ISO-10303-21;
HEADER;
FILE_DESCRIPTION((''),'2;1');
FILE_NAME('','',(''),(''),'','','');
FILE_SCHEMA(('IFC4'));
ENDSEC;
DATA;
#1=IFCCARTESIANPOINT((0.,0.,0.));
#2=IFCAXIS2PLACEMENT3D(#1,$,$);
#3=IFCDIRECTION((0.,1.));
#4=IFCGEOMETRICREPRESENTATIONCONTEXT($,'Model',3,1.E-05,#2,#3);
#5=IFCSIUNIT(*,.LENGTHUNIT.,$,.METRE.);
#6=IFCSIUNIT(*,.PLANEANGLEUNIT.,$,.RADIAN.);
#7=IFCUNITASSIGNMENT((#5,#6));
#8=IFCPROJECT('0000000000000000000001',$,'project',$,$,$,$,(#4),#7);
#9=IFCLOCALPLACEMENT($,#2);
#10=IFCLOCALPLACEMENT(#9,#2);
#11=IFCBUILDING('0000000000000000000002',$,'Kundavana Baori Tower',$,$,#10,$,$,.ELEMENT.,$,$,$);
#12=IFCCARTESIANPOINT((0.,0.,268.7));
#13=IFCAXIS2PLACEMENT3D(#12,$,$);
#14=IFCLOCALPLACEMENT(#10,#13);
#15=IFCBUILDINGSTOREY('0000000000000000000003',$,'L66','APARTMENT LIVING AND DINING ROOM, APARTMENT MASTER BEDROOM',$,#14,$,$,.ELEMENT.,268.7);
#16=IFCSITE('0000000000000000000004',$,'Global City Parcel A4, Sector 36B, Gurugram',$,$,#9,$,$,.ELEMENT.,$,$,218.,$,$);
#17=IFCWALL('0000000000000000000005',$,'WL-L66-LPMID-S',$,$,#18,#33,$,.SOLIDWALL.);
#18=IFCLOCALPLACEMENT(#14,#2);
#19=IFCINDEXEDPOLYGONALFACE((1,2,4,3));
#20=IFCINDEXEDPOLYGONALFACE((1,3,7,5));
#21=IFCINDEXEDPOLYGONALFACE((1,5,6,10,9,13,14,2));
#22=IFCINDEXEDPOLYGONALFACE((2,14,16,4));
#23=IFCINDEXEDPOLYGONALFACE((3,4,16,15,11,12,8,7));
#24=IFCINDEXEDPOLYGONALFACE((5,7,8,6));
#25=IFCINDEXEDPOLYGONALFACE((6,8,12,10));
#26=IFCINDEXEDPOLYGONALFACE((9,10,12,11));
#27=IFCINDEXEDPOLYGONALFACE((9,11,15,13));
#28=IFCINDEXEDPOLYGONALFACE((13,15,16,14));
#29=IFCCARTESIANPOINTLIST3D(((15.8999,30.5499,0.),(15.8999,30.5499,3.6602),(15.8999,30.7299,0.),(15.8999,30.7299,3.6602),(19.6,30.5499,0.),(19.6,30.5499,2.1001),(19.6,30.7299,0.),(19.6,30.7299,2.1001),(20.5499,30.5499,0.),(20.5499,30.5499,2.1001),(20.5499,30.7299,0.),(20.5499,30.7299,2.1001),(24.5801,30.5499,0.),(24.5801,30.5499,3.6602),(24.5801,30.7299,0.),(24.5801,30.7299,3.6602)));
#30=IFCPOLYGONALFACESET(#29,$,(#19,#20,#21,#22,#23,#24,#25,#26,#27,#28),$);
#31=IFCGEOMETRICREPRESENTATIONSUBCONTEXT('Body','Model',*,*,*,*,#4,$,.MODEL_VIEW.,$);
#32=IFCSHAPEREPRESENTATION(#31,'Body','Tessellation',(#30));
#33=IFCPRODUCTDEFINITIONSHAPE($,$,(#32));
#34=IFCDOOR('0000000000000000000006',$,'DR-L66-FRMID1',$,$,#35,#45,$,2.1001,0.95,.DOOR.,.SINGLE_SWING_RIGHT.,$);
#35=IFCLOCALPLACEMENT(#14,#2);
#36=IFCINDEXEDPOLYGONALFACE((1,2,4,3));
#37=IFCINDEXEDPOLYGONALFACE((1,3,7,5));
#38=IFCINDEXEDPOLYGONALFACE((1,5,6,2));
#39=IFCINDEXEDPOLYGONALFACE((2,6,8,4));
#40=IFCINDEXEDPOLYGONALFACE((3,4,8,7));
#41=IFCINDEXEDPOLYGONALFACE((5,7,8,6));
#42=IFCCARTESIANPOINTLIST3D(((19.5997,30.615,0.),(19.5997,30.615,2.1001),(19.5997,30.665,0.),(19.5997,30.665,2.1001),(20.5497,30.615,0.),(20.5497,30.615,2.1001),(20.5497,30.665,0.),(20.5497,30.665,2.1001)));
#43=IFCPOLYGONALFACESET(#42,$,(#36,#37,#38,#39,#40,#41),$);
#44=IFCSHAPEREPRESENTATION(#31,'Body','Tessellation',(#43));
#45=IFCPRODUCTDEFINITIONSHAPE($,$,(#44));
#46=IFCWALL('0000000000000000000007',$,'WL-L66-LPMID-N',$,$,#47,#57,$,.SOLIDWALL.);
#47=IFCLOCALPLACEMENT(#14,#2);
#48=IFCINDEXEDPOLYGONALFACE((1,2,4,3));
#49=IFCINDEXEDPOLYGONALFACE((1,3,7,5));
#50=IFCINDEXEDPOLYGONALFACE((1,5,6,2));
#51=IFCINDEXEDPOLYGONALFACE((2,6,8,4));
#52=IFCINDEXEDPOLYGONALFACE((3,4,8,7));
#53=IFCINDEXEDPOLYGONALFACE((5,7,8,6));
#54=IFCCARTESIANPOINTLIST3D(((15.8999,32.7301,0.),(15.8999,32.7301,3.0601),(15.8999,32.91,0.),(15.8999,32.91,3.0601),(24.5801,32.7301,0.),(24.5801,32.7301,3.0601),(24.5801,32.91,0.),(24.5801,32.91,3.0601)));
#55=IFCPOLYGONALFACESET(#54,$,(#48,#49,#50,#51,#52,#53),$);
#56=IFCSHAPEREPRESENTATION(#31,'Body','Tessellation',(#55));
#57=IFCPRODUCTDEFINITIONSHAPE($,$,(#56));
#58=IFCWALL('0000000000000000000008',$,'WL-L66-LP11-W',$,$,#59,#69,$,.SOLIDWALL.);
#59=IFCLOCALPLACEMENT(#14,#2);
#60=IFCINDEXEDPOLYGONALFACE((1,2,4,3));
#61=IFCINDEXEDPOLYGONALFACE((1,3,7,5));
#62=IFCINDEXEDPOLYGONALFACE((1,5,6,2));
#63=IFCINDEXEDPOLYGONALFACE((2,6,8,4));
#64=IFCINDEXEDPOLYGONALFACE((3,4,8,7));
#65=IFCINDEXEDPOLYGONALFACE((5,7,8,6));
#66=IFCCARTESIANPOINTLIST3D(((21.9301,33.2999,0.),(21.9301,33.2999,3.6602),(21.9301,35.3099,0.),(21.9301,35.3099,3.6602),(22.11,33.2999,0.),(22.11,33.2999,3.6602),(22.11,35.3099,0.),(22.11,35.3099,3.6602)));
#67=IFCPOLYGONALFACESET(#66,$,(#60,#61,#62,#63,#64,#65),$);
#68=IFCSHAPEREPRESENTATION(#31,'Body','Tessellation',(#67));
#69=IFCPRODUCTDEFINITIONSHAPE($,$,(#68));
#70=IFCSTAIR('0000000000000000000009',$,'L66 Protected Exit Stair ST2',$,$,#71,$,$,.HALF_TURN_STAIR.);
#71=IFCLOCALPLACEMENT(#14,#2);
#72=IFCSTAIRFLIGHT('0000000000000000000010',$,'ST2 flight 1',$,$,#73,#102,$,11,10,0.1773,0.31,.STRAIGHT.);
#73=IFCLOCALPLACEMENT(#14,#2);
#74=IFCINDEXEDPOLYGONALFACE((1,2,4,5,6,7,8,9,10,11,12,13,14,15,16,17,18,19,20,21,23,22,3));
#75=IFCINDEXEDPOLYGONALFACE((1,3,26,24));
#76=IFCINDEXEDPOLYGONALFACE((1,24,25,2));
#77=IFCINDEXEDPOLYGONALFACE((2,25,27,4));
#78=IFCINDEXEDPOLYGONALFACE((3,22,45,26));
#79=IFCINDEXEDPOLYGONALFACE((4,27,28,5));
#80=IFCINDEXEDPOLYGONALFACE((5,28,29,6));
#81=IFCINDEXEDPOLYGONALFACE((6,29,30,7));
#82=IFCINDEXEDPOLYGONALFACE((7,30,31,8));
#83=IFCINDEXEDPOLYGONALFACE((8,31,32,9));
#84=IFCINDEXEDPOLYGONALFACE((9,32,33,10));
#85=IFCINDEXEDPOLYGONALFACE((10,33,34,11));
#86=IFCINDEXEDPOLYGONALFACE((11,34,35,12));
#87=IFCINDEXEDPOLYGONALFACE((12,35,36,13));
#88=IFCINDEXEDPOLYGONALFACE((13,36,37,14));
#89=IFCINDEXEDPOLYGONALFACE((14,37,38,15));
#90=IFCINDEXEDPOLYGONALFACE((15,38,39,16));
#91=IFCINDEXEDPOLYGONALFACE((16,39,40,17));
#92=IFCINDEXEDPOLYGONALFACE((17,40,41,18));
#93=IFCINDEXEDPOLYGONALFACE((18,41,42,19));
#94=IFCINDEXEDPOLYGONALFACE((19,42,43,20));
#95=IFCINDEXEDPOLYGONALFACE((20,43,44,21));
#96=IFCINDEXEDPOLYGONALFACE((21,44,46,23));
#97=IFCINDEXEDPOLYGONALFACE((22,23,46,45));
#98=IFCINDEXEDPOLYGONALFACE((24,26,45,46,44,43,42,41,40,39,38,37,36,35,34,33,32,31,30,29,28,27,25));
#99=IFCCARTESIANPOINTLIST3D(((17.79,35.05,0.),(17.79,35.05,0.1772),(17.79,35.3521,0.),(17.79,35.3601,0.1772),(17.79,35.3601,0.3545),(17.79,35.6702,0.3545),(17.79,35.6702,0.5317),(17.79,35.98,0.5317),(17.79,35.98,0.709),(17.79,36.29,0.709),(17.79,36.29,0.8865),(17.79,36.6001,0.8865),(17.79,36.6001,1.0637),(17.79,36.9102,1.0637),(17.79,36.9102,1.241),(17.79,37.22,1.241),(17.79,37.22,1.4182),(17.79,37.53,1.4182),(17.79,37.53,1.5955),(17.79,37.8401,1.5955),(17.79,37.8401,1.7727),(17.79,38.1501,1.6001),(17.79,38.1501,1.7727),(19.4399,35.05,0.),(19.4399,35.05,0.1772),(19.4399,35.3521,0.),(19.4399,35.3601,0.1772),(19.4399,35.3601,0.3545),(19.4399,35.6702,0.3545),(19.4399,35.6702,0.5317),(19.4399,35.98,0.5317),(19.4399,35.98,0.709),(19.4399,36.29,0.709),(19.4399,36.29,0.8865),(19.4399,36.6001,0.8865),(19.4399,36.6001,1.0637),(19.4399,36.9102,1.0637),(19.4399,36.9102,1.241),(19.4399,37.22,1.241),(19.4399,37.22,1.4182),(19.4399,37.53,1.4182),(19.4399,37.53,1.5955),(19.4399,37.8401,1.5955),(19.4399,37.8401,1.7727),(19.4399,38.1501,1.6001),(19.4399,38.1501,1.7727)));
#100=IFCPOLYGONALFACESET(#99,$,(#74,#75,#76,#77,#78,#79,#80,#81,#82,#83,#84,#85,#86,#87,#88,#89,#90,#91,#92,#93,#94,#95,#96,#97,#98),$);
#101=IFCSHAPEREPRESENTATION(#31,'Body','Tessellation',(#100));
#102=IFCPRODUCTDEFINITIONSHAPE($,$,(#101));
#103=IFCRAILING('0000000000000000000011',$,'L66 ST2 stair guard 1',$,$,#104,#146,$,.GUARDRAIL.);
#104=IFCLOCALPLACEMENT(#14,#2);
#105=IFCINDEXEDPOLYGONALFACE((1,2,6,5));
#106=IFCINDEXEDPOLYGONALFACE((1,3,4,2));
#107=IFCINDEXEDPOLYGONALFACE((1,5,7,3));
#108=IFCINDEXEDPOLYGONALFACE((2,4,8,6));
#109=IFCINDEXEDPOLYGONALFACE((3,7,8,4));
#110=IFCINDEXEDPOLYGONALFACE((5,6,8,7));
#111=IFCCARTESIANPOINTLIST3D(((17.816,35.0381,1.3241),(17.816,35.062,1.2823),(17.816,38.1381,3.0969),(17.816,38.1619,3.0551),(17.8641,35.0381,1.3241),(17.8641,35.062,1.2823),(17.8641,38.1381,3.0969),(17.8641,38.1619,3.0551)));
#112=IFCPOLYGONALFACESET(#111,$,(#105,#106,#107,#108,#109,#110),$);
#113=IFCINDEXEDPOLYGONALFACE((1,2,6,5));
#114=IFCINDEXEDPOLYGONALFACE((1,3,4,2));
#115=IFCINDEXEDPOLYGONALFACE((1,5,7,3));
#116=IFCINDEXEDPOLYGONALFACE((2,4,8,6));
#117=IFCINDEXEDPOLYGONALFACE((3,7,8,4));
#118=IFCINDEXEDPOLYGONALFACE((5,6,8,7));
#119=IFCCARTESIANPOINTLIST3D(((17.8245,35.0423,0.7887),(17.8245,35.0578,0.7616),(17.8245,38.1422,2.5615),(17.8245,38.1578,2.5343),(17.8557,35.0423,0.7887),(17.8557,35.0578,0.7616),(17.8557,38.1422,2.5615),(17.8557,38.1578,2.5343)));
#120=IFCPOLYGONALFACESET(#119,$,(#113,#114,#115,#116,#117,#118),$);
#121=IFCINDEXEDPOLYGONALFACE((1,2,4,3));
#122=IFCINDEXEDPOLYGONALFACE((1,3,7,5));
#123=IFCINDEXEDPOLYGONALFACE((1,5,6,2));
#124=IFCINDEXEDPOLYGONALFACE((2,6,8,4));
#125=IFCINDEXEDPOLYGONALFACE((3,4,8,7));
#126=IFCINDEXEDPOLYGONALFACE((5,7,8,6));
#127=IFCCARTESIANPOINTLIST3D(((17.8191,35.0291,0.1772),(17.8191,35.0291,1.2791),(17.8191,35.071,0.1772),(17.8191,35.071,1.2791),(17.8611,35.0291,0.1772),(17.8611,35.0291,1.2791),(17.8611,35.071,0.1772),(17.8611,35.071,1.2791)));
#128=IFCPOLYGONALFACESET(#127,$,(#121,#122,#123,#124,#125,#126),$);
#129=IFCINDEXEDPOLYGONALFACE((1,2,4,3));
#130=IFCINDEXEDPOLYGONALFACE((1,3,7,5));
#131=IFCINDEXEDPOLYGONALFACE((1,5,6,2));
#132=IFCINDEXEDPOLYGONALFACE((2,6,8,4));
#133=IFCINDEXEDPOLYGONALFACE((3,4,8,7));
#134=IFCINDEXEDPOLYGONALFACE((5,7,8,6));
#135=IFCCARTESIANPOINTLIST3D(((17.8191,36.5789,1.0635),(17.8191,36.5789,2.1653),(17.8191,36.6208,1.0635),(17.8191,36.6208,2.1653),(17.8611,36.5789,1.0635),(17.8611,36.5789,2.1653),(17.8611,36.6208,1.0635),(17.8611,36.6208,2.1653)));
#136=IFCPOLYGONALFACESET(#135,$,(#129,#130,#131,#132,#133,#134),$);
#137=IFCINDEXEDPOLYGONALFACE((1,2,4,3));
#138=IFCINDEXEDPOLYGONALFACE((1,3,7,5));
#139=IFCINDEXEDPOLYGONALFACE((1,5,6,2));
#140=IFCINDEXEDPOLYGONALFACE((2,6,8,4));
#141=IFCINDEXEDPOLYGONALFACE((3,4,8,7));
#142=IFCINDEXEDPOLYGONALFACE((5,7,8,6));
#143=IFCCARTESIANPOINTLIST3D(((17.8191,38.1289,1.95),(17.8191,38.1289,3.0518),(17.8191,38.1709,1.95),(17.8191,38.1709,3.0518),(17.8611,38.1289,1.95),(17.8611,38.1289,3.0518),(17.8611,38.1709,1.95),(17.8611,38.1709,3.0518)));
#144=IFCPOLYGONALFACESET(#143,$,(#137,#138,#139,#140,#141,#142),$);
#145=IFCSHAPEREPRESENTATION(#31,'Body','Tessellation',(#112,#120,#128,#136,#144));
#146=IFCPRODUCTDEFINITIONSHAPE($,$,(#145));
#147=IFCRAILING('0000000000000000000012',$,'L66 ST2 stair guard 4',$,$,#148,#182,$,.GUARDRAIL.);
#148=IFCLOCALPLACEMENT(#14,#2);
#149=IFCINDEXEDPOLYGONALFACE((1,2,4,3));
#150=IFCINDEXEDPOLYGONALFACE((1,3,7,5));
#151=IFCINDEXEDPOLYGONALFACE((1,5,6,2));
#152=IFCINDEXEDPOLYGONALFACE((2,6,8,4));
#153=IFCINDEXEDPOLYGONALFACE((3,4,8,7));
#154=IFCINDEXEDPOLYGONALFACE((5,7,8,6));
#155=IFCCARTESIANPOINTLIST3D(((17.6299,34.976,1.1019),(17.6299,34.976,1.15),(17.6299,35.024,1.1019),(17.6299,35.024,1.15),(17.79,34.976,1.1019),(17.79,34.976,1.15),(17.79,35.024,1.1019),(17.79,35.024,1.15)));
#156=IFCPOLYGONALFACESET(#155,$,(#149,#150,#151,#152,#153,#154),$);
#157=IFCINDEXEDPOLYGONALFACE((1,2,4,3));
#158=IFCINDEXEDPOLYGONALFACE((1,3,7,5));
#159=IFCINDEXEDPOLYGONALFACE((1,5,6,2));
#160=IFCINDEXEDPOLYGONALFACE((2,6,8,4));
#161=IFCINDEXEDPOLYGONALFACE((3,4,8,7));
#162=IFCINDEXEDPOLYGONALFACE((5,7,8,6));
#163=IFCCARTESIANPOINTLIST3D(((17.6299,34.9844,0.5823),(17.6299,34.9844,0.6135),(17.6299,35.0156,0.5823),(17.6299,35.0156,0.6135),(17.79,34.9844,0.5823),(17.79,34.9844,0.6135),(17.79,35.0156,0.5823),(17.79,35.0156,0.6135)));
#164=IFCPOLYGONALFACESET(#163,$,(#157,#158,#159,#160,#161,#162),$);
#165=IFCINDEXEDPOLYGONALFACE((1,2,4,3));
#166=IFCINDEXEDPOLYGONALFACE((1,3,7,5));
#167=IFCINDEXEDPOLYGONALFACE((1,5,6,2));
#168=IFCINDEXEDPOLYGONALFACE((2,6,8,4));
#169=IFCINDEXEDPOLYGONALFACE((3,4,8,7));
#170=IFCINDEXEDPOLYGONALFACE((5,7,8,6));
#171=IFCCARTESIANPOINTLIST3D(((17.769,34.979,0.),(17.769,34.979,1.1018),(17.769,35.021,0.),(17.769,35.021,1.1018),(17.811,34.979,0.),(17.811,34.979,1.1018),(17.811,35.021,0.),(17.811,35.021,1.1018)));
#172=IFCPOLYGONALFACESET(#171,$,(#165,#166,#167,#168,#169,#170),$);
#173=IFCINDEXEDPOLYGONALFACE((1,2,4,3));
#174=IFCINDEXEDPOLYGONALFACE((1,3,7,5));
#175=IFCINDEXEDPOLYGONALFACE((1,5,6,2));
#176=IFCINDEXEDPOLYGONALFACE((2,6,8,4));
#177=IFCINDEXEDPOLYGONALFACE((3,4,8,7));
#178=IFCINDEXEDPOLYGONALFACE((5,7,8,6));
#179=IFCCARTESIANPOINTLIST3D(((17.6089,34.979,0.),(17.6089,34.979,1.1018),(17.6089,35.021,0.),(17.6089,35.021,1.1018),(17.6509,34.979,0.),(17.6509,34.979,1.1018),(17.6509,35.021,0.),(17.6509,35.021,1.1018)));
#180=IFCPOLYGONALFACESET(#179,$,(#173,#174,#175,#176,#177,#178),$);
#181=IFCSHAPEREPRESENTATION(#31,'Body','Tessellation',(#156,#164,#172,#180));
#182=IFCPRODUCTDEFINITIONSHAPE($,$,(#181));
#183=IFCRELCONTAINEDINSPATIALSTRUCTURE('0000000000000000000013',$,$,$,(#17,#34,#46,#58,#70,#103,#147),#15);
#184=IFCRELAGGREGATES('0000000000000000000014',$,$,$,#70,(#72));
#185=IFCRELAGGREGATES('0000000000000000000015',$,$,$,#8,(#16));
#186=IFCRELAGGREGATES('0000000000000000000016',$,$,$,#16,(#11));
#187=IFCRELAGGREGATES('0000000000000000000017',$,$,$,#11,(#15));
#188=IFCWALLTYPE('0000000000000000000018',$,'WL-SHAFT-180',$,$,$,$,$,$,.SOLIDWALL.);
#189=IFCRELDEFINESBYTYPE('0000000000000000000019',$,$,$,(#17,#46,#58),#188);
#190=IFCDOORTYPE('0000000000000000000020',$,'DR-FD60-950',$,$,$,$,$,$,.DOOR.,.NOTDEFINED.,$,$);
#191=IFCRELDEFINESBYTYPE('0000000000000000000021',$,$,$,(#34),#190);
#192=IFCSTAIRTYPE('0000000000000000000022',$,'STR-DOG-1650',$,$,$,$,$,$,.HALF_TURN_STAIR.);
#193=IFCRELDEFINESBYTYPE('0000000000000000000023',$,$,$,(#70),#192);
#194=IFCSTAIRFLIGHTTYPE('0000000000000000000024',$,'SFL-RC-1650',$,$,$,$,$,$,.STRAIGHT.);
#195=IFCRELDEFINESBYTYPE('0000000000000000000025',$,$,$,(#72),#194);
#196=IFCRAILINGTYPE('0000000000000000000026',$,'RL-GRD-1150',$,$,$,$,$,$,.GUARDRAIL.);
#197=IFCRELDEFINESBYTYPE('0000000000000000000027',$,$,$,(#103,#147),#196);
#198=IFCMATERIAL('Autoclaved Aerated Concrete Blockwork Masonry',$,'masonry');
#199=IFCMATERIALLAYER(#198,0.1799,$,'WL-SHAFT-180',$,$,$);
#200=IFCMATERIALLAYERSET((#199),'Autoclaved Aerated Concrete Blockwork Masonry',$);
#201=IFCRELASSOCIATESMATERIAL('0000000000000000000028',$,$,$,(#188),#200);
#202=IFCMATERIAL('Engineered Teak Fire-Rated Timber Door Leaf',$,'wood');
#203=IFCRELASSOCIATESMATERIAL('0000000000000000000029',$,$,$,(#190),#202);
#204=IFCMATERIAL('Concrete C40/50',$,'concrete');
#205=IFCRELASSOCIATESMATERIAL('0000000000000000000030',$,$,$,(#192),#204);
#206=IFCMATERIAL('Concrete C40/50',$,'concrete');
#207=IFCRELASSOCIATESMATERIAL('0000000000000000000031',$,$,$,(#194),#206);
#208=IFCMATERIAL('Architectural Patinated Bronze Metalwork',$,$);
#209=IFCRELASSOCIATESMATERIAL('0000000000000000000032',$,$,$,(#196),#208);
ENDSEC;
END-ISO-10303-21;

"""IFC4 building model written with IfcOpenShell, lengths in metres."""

from ifc_helpers import new_model, si_unit, direction, frame, frame_2d, origin, origin_2d, place, context, subcontext, project, spatial, polyline, rectangle, outline, extrude, material, layer, layer_set, type_object, element, fill, aggregate, save


model = new_model("IFC4")

# Units and contexts
model_context = context("Model", 3, precision=1e-05, world=origin(), true_north=direction((0.0, 1.0)))
body_context = subcontext(model_context, "Body", "Model", "MODEL_VIEW")
ifc_project = project(units=[si_unit("LENGTHUNIT", "METRE"), si_unit("PLANEANGLEUNIT", "RADIAN")], contexts=[model_context])

# Site, building, storey
site_placement = place(None, origin())
site = spatial("IfcSite", under=ifc_project, at=site_placement, Name="Global City Parcel A4, Sector 36B, Gurugram", CompositionType="ELEMENT", RefElevation=218.0)
building_placement = place(site_placement, origin())
building = spatial("IfcBuilding", under=site, at=building_placement, Name="Kundavana Baori Tower", CompositionType="ELEMENT")
storey_placement = place(building_placement, frame((0.0, 0.0, 268.7)))
storey = spatial("IfcBuildingStorey", under=building, at=storey_placement, Name="L66", Description="APARTMENT LIVING AND DINING ROOM, APARTMENT MASTER BEDROOM", CompositionType="ELEMENT", Elevation=268.7)

# Shared definitions
ifc_material_1 = material(Name="Autoclaved Aerated Concrete Blockwork Masonry", Category="masonry")
ifc_layer_1 = layer(ifc_material_1, 0.1799, Name="WL-SHAFT-180")
ifc_layer_set_1 = layer_set([ifc_layer_1], Name="Autoclaved Aerated Concrete Blockwork Masonry")
wall_type_1 = type_object("IfcWallType", Name="WL-SHAFT-180", PredefinedType="SOLIDWALL", material=ifc_layer_set_1)
ifc_material_2 = material(Name="Engineered Teak Fire-Rated Timber Door Leaf", Category="wood")
door_type_1 = type_object("IfcDoorType", Name="DR-FD60-950", OperationType="NOTDEFINED", PredefinedType="DOOR", material=ifc_material_2)

# Wall, opening, door
wall_1_placement = place(storey_placement, frame((15.8999, 30.6399, 0.0), z_axis=(0.0, 0.0, 1.0), x_axis=(1.0, 0.0, 0.0)))
wall_1 = element("IfcWall", 1, at=wall_1_placement, inside=storey, type_object=wall_type_1, Name="WL-L66-LPMID-S", PredefinedType="SOLIDWALL", context=body_context, shape_type="SweptSolid", body=[
    extrude(rectangle(XDim=8.6802, YDim=0.1799, at=frame_2d((4.3401, 0.0))), origin(), (0.0, 0.0, 1.0), 3.6602),
])
opening_1_placement = place(wall_1_placement, frame((3.7, 0.0, 0.0)))
opening_1 = element("IfcOpeningElement", 2, at=opening_1_placement, cuts=wall_1, PredefinedType="OPENING", context=body_context, shape_type="SweptSolid", body=[
    extrude(rectangle(XDim=0.95, YDim=2.1001, at=frame_2d((0.4751, 1.05))), frame((0.0, 0.1001, 0.0), z_axis=(0.0, -1.0, 0.0), x_axis=(1.0, 0.0, 0.0)), (0.0, 0.0, 1.0), 0.2),
])
door_1_placement = place(opening_1_placement, frame((0.95, 0.0, 0.0), z_axis=(0.0, 0.0, 1.0), x_axis=(-1.0, 0.0, 0.0)))
door_1 = element("IfcDoor", 3, at=door_1_placement, inside=storey, type_object=door_type_1, Name="DR-L66-FRMID1", OperationType="SINGLE_SWING_RIGHT", OverallHeight=2.1001, OverallWidth=0.95, PredefinedType="DOOR", context=body_context, shape_type="SweptSolid", body=[
    extrude(rectangle(XDim=0.95, YDim=2.1001, at=frame_2d((0.4751, 1.05))), frame((0.0, 0.0249, 0.0), z_axis=(0.0, -1.0, 0.0), x_axis=(1.0, 0.0, 0.0)), (0.0, 0.0, 1.0), 0.05),
])
fill(opening_1, door_1)

# Walls
wall_2_placement = place(storey_placement, frame((15.8999, 32.8201, 0.0), z_axis=(0.0, 0.0, 1.0), x_axis=(1.0, 0.0, 0.0)))
element("IfcWall", 4, at=wall_2_placement, inside=storey, type_object=wall_type_1, Name="WL-L66-LPMID-N", PredefinedType="SOLIDWALL", context=body_context, shape_type="SweptSolid", body=[
    extrude(rectangle(XDim=8.6802, YDim=0.1799, at=frame_2d((4.3401, 0.0))), origin(), (0.0, 0.0, 1.0), 3.0601),
])
wall_3_placement = place(storey_placement, frame((22.02, 33.3, 0.0), z_axis=(0.0, 0.0, 1.0), x_axis=(0.0, 1.0, 0.0)))
element("IfcWall", 5, at=wall_3_placement, inside=storey, type_object=wall_type_1, Name="WL-L66-LP11-W", PredefinedType="SOLIDWALL", context=body_context, shape_type="SweptSolid", body=[
    extrude(rectangle(XDim=2.01, YDim=0.1799, at=frame_2d((1.0049, 0.0))), origin(), (0.0, 0.0, 1.0), 3.6602),
])

# Stair, stair flight
ifc_material_3 = material(Name="Concrete C40/50", Category="concrete")
stair_type = type_object("IfcStairType", Name="STR-DOG-1650", PredefinedType="HALF_TURN_STAIR", material=ifc_material_3)
stair_placement = place(storey_placement, origin())
stair = element("IfcStair", 6, at=stair_placement, inside=storey, type_object=stair_type, Name="L66 Protected Exit Stair ST2", PredefinedType="HALF_TURN_STAIR")
ifc_material_4 = material(Name="Concrete C40/50", Category="concrete")
stair_flight_type = type_object("IfcStairFlightType", Name="SFL-RC-1650", PredefinedType="STRAIGHT", material=ifc_material_4)
stair_flight_placement = place(storey_placement, frame((18.615, 35.05, 0.0), z_axis=(0.0, 0.0, 1.0), x_axis=(0.0, 1.0, 0.0)))
stair_flight = element("IfcStairFlight", 7, at=stair_flight_placement, type_object=stair_flight_type, Name="ST2 flight 1", NumberOfRisers=11, NumberOfTreads=10, PredefinedType="STRAIGHT", RiserHeight=0.1773, TreadLength=0.31, context=body_context, shape_type="SweptSolid", body=[
    extrude(outline(polyline([(0.0, 0.0), (0.0, 0.1772), (0.3101, 0.1772), (0.3101, 0.3545), (0.6201, 0.3545), (0.6201, 0.5317), (0.9299, 0.5317), (0.9299, 0.709), (1.24, 0.709), (1.24, 0.8865), (1.55, 0.8865), (1.55, 1.0637), (1.8601, 1.0637), (1.8601, 1.241), (2.1699, 1.241), (2.1699, 1.4182), (2.48, 1.4182), (2.48, 1.5955), (2.79, 1.5955), (2.79, 1.7727), (3.1001, 1.7727), (3.1001, 1.95), (3.1001, 1.6001), (0.302, 0.0), (0.0, 0.0)])), frame((0.0, 0.825, 0.0), z_axis=(0.0, -1.0, 0.0), x_axis=(1.0, 0.0, 0.0)), (0.0, 0.0, 1.0), 1.6499),
])
aggregate(stair, [stair_flight])

# Railings
ifc_material_5 = material(Name="Architectural Patinated Bronze Metalwork")
railing_type_1 = type_object("IfcRailingType", Name="RL-GRD-1150", PredefinedType="GUARDRAIL", material=ifc_material_5)
railing_1_placement = place(storey_placement, frame((17.8401, 35.05, 0.1772)))
element("IfcRailing", 8, at=railing_1_placement, inside=storey, type_object=railing_type_1, Name="L66 ST2 stair guard 1", PredefinedType="GUARDRAIL", context=body_context, shape_type="SweptSolid", body=[
    extrude(rectangle(XDim=0.0481, YDim=0.0481, at=origin_2d()), frame((0.0, 0.0, 1.126), z_axis=(0.0, 0.868079, 0.496426), x_axis=(-1.0, 0.0, 0.0)), (0.0, 0.0, 1.0), 3.571),
    extrude(rectangle(XDim=0.0312, YDim=0.0312, at=origin_2d()), frame((0.0, 0.0, 0.5979), z_axis=(0.0, 0.868079, 0.496426), x_axis=(-1.0, 0.0, 0.0)), (0.0, 0.0, 1.0), 3.571),
    extrude(rectangle(XDim=0.042, YDim=0.042, at=origin_2d()), origin(), (0.0, 0.0, 1.0), 1.1018),
    extrude(rectangle(XDim=0.042, YDim=0.042, at=origin_2d()), frame((0.0, 1.5498, 0.8862)), (0.0, 0.0, 1.0), 1.1018),
    extrude(rectangle(XDim=0.042, YDim=0.042, at=origin_2d()), frame((0.0, 3.0999, 1.7727)), (0.0, 0.0, 1.0), 1.1018),
])
railing_2_placement = place(storey_placement, frame((17.79, 35.0, 0.0)))
element("IfcRailing", 9, at=railing_2_placement, inside=storey, type_object=railing_type_1, Name="L66 ST2 stair guard 4", PredefinedType="GUARDRAIL", context=body_context, shape_type="SweptSolid", body=[
    extrude(rectangle(XDim=0.0481, YDim=0.0481, at=origin_2d()), frame((0.0, 0.0, 1.126), z_axis=(-1.0, 0.0, 0.0), x_axis=(0.0, -1.0, 0.0)), (0.0, 0.0, 1.0), 0.1602),
    extrude(rectangle(XDim=0.0312, YDim=0.0312, at=origin_2d()), frame((0.0, 0.0, 0.5979), z_axis=(-1.0, 0.0, 0.0), x_axis=(0.0, -1.0, 0.0)), (0.0, 0.0, 1.0), 0.1602),
    extrude(rectangle(XDim=0.042, YDim=0.042, at=origin_2d()), origin(), (0.0, 0.0, 1.0), 1.1018),
    extrude(rectangle(XDim=0.042, YDim=0.042, at=origin_2d()), frame((-0.1602, 0.0, 0.0)), (0.0, 0.0, 1.0), 1.1018),
])

save(model, "model.ifc")
